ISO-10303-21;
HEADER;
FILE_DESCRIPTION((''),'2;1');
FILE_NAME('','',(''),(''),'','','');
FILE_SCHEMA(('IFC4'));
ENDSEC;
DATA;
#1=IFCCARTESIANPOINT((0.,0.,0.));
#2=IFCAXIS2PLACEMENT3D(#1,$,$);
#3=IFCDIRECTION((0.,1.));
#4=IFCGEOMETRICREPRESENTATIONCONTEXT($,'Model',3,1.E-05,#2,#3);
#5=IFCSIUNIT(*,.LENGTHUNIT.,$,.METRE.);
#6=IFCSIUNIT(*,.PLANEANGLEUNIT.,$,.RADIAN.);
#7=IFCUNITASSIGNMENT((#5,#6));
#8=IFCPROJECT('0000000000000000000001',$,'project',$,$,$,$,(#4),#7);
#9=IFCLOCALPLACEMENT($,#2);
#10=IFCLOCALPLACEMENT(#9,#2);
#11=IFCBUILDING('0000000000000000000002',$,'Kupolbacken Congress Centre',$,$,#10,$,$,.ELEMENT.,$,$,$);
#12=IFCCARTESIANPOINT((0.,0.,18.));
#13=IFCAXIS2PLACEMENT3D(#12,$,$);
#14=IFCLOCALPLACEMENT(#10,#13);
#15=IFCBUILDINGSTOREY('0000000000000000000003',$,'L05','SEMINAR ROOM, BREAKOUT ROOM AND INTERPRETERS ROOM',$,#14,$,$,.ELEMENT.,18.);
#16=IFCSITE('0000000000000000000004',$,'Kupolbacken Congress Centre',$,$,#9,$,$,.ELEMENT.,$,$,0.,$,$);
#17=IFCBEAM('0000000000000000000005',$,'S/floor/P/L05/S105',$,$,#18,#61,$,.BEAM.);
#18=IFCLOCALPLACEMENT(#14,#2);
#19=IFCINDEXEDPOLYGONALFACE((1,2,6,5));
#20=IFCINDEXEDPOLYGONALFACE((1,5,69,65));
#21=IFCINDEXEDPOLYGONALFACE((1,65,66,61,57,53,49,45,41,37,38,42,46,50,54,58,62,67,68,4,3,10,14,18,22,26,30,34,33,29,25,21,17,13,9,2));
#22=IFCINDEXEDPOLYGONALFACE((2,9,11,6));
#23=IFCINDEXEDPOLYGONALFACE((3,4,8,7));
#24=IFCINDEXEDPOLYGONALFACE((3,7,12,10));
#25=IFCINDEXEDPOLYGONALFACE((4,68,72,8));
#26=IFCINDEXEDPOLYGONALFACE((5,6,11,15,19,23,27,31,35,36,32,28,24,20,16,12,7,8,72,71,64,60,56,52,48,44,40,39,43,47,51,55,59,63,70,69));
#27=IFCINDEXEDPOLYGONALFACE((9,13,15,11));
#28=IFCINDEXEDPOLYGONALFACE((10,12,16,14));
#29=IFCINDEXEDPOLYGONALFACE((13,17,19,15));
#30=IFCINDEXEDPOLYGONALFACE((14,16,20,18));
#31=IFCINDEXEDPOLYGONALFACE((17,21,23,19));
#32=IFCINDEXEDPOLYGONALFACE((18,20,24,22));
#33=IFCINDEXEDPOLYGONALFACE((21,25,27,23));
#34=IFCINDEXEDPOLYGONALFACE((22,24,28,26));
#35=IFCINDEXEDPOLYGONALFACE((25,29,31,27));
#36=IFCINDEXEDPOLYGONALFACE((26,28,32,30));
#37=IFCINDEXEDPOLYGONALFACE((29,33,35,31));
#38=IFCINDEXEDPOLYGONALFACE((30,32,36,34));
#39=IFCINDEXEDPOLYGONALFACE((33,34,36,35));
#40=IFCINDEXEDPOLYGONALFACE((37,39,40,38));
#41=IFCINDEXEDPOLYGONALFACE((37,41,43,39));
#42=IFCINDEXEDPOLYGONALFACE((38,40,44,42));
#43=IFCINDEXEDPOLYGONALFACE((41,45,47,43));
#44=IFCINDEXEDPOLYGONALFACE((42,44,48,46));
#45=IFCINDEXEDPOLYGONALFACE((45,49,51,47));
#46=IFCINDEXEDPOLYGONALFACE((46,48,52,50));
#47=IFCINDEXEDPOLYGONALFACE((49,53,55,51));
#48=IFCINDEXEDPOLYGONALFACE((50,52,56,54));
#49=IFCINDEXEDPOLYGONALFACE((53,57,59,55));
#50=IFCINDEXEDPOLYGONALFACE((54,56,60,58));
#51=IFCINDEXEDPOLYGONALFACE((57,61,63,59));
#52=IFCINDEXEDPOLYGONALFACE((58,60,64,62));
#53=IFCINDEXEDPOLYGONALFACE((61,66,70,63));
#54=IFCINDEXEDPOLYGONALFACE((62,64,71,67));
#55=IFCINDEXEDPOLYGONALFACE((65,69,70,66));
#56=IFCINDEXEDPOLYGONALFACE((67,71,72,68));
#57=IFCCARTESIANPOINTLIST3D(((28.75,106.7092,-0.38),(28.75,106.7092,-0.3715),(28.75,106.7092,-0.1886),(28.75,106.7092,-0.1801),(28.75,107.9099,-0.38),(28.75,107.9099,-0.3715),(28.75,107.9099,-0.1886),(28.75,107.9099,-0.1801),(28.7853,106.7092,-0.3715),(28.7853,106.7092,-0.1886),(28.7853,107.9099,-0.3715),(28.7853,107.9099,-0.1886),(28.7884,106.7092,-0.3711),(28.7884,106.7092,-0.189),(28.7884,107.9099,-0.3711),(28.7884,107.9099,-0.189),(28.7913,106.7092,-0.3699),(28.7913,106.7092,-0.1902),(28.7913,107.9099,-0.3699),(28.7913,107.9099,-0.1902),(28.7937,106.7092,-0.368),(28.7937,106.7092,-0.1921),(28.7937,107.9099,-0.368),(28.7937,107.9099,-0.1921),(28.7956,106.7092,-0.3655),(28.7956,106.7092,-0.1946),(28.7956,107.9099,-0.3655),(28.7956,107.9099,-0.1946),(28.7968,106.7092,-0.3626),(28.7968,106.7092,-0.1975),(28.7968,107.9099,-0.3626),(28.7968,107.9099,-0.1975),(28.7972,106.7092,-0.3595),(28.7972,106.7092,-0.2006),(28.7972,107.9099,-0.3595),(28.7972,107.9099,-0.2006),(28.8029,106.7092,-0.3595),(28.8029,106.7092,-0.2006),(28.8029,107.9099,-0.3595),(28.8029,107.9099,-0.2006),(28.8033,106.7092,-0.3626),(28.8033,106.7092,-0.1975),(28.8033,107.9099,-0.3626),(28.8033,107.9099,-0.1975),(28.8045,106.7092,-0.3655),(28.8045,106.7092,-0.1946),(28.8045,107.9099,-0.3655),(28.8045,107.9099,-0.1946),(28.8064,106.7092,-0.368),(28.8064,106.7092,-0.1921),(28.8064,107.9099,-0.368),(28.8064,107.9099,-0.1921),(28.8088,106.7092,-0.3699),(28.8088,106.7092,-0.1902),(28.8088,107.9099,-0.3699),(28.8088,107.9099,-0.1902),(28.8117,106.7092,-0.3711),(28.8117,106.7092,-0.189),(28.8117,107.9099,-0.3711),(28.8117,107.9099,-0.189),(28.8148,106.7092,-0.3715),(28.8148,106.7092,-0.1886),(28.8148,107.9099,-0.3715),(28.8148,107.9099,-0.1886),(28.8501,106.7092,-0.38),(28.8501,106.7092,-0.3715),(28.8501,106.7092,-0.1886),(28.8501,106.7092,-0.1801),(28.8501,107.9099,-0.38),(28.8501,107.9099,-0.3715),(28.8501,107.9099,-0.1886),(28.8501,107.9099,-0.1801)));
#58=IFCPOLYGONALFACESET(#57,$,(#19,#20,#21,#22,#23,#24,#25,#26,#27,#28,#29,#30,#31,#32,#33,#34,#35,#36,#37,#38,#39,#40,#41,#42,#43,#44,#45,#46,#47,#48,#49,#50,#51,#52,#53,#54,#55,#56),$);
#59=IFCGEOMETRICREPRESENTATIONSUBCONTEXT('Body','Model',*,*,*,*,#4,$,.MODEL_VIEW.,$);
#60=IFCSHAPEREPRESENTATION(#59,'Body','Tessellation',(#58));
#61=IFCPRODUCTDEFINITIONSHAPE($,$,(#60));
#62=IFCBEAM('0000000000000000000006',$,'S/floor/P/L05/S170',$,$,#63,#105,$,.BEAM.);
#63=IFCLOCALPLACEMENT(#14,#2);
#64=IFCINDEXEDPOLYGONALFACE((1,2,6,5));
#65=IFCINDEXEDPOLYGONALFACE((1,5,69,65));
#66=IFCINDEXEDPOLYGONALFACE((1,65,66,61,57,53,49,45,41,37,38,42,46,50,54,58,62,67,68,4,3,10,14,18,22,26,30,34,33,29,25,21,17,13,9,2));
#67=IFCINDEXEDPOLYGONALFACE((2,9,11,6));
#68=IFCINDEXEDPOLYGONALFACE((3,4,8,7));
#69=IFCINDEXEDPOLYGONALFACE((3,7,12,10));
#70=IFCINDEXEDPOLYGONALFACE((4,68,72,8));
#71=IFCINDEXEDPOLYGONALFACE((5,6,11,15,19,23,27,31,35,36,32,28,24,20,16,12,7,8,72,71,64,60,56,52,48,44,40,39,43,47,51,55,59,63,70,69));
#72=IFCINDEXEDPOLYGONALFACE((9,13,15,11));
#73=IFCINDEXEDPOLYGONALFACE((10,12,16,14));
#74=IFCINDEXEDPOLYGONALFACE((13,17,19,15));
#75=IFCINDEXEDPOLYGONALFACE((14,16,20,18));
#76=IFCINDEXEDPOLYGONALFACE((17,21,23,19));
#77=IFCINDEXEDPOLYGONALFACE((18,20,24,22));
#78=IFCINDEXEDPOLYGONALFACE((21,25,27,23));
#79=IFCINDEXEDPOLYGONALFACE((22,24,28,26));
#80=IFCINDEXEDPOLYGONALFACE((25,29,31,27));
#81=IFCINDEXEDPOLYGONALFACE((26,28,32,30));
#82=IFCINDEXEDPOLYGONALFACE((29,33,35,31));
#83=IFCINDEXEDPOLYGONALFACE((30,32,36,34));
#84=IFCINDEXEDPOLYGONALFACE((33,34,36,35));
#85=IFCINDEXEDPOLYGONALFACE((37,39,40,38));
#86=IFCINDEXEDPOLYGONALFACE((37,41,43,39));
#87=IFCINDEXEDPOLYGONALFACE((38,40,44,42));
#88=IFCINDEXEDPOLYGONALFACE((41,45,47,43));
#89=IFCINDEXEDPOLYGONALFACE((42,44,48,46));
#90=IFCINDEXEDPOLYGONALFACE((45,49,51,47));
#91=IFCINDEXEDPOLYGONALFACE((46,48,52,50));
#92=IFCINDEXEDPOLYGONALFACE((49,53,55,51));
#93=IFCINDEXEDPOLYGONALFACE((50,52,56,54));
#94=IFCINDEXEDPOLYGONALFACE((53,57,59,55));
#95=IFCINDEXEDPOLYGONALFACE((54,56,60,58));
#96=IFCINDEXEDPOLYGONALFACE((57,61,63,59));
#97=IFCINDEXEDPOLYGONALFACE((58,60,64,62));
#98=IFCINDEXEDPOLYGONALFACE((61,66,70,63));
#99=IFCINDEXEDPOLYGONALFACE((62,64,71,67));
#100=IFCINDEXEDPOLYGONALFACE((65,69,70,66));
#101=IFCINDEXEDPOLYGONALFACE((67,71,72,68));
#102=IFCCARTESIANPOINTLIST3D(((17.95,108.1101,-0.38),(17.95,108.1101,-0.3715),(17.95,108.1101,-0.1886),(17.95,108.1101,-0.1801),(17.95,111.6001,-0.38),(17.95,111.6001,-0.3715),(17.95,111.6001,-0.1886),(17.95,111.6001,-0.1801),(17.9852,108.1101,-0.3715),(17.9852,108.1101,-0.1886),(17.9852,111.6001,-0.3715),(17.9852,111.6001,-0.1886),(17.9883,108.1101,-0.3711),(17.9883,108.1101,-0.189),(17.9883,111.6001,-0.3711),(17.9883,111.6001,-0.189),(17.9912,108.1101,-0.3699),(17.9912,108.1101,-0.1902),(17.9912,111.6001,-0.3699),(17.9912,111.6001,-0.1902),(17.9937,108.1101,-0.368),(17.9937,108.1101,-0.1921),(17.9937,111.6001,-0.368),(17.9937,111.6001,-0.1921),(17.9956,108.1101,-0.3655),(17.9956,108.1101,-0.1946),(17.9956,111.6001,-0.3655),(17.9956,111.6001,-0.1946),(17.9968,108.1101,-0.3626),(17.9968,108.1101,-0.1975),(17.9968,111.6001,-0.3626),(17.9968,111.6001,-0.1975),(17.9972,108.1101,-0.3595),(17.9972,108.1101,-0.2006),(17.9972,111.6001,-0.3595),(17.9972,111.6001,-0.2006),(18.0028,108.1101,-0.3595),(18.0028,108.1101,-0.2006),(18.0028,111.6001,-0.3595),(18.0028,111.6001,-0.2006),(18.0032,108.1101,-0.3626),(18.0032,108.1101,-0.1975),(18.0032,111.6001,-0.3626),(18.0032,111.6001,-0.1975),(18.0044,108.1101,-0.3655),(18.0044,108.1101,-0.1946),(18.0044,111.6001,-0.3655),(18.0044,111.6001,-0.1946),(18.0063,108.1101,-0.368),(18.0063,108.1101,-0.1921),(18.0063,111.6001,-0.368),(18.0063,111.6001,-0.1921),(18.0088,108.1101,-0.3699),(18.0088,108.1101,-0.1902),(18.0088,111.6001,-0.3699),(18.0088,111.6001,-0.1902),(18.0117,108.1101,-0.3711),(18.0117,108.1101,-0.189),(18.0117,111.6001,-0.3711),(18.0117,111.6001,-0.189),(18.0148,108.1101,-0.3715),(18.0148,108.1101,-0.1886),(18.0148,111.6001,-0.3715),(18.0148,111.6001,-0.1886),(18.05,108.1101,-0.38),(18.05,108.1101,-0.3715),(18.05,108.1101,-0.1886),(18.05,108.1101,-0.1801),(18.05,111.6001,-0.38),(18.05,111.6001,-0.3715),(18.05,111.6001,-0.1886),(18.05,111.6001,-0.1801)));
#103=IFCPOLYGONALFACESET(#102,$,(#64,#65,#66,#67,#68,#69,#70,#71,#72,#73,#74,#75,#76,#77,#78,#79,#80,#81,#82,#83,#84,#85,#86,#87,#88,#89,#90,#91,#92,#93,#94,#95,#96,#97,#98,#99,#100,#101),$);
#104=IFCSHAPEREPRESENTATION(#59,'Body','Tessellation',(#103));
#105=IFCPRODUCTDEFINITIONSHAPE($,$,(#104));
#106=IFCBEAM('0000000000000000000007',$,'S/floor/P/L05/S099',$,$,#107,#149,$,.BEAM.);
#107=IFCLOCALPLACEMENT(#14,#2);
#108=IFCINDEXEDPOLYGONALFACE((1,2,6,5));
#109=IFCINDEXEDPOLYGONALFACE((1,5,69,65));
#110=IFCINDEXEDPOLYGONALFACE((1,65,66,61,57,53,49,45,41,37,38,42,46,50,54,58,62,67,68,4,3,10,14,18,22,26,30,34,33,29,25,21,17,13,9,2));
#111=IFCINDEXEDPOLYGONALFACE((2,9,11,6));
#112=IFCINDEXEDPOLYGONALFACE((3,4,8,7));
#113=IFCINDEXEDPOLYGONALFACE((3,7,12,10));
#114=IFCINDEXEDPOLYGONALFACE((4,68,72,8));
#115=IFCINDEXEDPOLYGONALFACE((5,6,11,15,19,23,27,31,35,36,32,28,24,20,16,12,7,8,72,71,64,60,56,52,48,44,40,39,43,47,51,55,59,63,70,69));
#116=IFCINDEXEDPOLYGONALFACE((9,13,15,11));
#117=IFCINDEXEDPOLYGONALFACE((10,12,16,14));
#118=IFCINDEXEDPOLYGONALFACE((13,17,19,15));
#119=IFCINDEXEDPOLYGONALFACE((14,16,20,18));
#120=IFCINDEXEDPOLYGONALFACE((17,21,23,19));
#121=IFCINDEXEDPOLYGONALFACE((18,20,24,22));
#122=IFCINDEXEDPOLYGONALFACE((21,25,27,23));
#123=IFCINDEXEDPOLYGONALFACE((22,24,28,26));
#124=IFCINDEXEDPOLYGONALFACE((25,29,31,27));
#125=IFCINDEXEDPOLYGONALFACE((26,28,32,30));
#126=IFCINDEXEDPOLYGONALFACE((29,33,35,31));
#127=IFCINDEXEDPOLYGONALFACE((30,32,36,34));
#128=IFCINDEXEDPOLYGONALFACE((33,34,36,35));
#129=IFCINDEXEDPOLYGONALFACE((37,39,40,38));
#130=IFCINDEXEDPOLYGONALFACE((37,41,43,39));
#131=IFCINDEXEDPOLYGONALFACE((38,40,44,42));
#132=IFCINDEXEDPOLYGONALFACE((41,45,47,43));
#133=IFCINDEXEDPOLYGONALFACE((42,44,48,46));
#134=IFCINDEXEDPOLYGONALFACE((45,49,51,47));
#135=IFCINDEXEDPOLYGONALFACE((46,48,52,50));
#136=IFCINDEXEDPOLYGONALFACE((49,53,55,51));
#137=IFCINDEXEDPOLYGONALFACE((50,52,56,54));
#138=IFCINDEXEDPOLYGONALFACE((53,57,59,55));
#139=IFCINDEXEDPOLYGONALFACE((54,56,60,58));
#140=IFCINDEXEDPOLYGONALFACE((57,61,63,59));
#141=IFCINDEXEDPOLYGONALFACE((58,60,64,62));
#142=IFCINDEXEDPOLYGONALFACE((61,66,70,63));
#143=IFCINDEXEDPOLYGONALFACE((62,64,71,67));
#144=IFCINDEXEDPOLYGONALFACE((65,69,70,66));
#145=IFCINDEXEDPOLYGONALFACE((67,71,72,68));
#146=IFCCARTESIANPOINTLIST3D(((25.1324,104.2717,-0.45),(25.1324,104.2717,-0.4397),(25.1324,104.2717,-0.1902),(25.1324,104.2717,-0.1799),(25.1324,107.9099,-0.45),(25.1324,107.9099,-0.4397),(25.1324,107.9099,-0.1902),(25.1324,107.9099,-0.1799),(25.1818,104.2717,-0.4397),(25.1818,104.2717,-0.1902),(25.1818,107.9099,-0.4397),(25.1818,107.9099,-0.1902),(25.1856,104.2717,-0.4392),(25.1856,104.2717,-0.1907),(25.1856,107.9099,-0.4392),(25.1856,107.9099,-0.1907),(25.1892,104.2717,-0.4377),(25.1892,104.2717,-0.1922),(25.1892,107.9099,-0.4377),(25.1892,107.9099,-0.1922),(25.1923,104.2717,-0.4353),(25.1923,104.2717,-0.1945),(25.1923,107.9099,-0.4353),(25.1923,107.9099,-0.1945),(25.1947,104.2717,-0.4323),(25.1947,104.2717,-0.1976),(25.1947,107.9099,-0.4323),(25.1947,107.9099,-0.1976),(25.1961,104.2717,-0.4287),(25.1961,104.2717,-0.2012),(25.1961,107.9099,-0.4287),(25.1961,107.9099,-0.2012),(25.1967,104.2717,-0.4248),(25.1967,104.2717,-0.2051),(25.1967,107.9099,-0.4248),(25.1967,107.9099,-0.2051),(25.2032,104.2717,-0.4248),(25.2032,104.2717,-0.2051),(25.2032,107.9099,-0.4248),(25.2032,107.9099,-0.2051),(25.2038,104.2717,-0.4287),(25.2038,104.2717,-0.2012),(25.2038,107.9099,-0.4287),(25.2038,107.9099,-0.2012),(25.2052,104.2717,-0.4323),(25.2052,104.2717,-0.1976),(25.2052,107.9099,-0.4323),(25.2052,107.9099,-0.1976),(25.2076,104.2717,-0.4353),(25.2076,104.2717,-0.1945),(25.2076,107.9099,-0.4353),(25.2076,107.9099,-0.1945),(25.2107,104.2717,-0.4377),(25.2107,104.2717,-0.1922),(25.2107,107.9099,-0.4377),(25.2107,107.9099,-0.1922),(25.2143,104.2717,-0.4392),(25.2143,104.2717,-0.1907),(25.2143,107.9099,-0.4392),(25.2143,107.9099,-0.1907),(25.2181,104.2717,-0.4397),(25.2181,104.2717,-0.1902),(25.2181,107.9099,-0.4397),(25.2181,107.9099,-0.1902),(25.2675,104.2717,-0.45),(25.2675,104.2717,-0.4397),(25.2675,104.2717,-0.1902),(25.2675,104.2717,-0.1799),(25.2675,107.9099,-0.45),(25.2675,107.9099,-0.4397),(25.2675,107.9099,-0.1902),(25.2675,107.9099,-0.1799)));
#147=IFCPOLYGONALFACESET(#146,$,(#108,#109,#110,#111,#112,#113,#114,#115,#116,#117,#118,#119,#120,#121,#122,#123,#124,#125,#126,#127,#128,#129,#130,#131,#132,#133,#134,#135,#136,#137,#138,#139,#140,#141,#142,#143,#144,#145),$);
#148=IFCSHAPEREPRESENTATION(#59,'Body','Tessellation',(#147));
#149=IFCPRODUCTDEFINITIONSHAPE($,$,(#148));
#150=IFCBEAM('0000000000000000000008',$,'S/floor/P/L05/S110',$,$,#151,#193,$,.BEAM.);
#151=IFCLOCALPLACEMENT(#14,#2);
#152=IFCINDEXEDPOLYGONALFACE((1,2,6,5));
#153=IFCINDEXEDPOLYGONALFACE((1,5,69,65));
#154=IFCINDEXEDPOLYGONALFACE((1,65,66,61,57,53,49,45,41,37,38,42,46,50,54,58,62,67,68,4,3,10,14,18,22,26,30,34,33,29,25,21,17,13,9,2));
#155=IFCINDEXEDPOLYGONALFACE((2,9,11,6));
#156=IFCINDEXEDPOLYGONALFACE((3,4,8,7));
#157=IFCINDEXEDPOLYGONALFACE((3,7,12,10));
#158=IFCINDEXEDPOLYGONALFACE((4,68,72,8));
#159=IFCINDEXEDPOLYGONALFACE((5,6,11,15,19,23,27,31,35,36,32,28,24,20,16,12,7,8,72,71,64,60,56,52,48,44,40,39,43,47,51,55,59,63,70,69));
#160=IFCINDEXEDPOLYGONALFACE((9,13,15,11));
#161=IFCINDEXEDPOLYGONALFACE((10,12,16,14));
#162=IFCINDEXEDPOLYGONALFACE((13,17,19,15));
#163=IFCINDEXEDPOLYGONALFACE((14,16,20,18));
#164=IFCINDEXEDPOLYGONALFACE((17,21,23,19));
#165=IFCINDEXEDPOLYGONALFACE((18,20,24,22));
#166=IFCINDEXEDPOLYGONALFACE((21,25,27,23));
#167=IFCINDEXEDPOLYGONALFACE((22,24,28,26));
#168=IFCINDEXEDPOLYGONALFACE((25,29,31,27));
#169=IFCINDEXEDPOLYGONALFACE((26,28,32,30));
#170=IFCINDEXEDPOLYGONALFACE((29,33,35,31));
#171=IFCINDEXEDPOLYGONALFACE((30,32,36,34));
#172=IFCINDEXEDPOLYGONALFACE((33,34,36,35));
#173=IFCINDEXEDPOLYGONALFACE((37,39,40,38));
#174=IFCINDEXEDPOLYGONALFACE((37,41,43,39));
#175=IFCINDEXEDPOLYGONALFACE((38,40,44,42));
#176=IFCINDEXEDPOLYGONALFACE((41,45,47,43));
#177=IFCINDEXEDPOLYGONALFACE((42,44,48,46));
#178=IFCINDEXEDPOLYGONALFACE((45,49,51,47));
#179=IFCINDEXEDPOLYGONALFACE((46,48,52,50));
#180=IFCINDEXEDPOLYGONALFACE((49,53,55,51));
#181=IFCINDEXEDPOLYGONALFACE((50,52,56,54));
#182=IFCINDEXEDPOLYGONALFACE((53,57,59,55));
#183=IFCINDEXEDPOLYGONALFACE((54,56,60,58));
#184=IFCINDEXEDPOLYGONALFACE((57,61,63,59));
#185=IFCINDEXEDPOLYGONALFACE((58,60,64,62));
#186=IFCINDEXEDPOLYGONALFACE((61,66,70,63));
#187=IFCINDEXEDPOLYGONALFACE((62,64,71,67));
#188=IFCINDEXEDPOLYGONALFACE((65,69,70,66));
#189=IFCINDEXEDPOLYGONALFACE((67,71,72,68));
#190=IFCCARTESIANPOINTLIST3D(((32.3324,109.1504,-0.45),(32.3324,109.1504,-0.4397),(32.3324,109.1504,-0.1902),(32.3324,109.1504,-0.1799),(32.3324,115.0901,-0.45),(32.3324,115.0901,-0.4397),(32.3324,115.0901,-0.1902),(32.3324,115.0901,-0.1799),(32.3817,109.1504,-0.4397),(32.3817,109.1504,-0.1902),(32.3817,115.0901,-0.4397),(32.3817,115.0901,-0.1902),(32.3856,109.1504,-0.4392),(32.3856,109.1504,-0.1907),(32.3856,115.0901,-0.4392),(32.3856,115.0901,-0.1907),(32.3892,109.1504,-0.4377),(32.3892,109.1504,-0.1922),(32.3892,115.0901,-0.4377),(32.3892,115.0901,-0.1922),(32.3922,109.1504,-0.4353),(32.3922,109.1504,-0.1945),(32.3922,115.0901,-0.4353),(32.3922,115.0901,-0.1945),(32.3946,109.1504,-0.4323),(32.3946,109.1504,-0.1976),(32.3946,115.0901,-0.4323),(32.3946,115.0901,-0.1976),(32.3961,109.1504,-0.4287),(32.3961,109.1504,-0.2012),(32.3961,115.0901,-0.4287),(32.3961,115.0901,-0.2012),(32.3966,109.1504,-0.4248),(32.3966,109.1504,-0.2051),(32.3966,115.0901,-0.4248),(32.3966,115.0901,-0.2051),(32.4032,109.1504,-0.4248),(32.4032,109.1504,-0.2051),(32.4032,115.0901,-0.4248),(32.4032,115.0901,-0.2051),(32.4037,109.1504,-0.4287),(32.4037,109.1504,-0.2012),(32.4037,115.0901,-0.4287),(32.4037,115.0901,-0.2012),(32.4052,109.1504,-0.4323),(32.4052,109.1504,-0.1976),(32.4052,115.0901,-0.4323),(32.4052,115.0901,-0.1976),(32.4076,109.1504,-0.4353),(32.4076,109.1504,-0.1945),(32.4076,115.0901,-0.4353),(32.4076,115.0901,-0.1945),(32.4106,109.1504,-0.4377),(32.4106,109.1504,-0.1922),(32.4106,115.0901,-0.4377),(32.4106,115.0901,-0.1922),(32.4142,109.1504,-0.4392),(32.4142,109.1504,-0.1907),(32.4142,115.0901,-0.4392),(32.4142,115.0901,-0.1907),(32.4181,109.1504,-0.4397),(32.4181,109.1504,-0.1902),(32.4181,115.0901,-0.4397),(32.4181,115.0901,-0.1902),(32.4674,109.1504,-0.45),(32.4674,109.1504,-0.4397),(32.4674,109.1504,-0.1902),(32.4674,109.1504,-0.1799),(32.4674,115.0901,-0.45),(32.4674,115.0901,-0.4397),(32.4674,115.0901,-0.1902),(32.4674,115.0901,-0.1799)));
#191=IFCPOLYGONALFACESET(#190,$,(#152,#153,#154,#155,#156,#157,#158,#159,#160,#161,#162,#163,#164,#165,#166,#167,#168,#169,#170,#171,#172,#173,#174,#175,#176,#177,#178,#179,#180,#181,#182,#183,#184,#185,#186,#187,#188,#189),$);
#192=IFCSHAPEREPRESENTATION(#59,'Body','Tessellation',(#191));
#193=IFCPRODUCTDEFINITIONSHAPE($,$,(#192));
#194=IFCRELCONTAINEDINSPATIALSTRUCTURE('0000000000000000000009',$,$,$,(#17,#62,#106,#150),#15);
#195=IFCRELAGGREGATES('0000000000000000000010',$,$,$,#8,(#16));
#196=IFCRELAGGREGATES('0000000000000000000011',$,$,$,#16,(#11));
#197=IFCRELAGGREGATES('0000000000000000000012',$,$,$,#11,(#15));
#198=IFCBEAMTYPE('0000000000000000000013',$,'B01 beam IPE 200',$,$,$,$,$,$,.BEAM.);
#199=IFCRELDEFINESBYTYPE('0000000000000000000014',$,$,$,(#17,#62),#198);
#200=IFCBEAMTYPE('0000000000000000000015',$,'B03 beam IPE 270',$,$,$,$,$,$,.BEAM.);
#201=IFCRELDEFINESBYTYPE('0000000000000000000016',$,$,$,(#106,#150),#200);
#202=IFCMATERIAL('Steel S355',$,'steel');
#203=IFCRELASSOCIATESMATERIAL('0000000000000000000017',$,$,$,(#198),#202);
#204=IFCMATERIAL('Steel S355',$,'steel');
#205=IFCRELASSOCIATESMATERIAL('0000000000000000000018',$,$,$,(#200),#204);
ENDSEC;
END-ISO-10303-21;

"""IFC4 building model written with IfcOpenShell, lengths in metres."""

from ifc_helpers import new_model, si_unit, direction, frame, origin, origin_2d, place, context, subcontext, project, spatial, i_section, extrude, material, material_profile, profile_set, type_object, element, save


model = new_model("IFC4")

# Units and contexts
model_context = context("Model", 3, precision=1e-05, world=origin(), true_north=direction((0.0, 1.0)))
body_context = subcontext(model_context, "Body", "Model", "MODEL_VIEW")
ifc_project = project(units=[si_unit("LENGTHUNIT", "METRE"), si_unit("PLANEANGLEUNIT", "RADIAN")], contexts=[model_context])

# Site, building, storey
site_placement = place(None, origin())
site = spatial("IfcSite", under=ifc_project, at=site_placement, Name="Kupolbacken Congress Centre", CompositionType="ELEMENT", RefElevation=0.0)
building_placement = place(site_placement, origin())
building = spatial("IfcBuilding", under=site, at=building_placement, Name="Kupolbacken Congress Centre", CompositionType="ELEMENT")
storey_placement = place(building_placement, frame((0.0, 0.0, 18.0)))
storey = spatial("IfcBuildingStorey", under=building, at=storey_placement, Name="L05", Description="SEMINAR ROOM, BREAKOUT ROOM AND INTERPRETERS ROOM", CompositionType="ELEMENT", Elevation=18.0)

# Beams
ifc_material_1 = material(Name="Steel S355", Category="steel")
ifc_material_profile_1 = material_profile(ifc_material_1, i_section(OverallWidth=0.1001, OverallDepth=0.2, WebThickness=0.0056, FlangeThickness=0.0085, FilletRadius=0.012, at=origin_2d()), Name="IPE 200")
ifc_profile_set_1 = profile_set([ifc_material_profile_1], Name="Steel S355")
beam_type_1 = type_object("IfcBeamType", Name="B01 beam IPE 200", PredefinedType="BEAM", material=ifc_profile_set_1)
beam_1_placement = place(storey_placement, frame((28.8, 106.7092, -0.28), z_axis=(0.0, 1.0, 0.0), x_axis=(-1.0, 0.0, 0.0)))
element("IfcBeam", 1, at=beam_1_placement, inside=storey, type_object=beam_type_1, Name="S/floor/P/L05/S105", PredefinedType="BEAM", context=body_context, shape_type="SweptSolid", body=[
    extrude(i_section(OverallWidth=0.1001, OverallDepth=0.2, WebThickness=0.0056, FlangeThickness=0.0085, FilletRadius=0.012, at=origin_2d()), origin(), (0.0, 0.0, 1.0), 1.2007),
])
beam_2_placement = place(storey_placement, frame((18.0, 108.1101, -0.28), z_axis=(0.0, 1.0, 0.0), x_axis=(-1.0, 0.0, 0.0)))
element("IfcBeam", 2, at=beam_2_placement, inside=storey, type_object=beam_type_1, Name="S/floor/P/L05/S170", PredefinedType="BEAM", context=body_context, shape_type="SweptSolid", body=[
    extrude(i_section(OverallWidth=0.1001, OverallDepth=0.2, WebThickness=0.0056, FlangeThickness=0.0085, FilletRadius=0.012, at=origin_2d()), origin(), (0.0, 0.0, 1.0), 3.49),
])
ifc_material_2 = material(Name="Steel S355", Category="steel")
ifc_material_profile_2 = material_profile(ifc_material_2, i_section(OverallWidth=0.135, OverallDepth=0.27, WebThickness=0.0066, FlangeThickness=0.0103, FilletRadius=0.0149, at=origin_2d()), Name="IPE 270")
ifc_profile_set_2 = profile_set([ifc_material_profile_2], Name="Steel S355")
beam_type_2 = type_object("IfcBeamType", Name="B03 beam IPE 270", PredefinedType="BEAM", material=ifc_profile_set_2)
beam_3_placement = place(storey_placement, frame((25.2, 104.2717, -0.3149), z_axis=(0.0, 1.0, 0.0), x_axis=(-1.0, 0.0, 0.0)))
element("IfcBeam", 3, at=beam_3_placement, inside=storey, type_object=beam_type_2, Name="S/floor/P/L05/S099", PredefinedType="BEAM", context=body_context, shape_type="SweptSolid", body=[
    extrude(i_section(OverallWidth=0.135, OverallDepth=0.27, WebThickness=0.0066, FlangeThickness=0.0103, FilletRadius=0.0149, at=origin_2d()), origin(), (0.0, 0.0, 1.0), 3.6382),
])
beam_4_placement = place(storey_placement, frame((32.3999, 109.1504, -0.3149), z_axis=(0.0, 1.0, 0.0), x_axis=(-1.0, 0.0, 0.0)))
element("IfcBeam", 4, at=beam_4_placement, inside=storey, type_object=beam_type_2, Name="S/floor/P/L05/S110", PredefinedType="BEAM", context=body_context, shape_type="SweptSolid", body=[
    extrude(i_section(OverallWidth=0.135, OverallDepth=0.27, WebThickness=0.0066, FlangeThickness=0.0103, FilletRadius=0.0149, at=origin_2d()), origin(), (0.0, 0.0, 1.0), 5.9397),
])

save(model, "model.ifc")
